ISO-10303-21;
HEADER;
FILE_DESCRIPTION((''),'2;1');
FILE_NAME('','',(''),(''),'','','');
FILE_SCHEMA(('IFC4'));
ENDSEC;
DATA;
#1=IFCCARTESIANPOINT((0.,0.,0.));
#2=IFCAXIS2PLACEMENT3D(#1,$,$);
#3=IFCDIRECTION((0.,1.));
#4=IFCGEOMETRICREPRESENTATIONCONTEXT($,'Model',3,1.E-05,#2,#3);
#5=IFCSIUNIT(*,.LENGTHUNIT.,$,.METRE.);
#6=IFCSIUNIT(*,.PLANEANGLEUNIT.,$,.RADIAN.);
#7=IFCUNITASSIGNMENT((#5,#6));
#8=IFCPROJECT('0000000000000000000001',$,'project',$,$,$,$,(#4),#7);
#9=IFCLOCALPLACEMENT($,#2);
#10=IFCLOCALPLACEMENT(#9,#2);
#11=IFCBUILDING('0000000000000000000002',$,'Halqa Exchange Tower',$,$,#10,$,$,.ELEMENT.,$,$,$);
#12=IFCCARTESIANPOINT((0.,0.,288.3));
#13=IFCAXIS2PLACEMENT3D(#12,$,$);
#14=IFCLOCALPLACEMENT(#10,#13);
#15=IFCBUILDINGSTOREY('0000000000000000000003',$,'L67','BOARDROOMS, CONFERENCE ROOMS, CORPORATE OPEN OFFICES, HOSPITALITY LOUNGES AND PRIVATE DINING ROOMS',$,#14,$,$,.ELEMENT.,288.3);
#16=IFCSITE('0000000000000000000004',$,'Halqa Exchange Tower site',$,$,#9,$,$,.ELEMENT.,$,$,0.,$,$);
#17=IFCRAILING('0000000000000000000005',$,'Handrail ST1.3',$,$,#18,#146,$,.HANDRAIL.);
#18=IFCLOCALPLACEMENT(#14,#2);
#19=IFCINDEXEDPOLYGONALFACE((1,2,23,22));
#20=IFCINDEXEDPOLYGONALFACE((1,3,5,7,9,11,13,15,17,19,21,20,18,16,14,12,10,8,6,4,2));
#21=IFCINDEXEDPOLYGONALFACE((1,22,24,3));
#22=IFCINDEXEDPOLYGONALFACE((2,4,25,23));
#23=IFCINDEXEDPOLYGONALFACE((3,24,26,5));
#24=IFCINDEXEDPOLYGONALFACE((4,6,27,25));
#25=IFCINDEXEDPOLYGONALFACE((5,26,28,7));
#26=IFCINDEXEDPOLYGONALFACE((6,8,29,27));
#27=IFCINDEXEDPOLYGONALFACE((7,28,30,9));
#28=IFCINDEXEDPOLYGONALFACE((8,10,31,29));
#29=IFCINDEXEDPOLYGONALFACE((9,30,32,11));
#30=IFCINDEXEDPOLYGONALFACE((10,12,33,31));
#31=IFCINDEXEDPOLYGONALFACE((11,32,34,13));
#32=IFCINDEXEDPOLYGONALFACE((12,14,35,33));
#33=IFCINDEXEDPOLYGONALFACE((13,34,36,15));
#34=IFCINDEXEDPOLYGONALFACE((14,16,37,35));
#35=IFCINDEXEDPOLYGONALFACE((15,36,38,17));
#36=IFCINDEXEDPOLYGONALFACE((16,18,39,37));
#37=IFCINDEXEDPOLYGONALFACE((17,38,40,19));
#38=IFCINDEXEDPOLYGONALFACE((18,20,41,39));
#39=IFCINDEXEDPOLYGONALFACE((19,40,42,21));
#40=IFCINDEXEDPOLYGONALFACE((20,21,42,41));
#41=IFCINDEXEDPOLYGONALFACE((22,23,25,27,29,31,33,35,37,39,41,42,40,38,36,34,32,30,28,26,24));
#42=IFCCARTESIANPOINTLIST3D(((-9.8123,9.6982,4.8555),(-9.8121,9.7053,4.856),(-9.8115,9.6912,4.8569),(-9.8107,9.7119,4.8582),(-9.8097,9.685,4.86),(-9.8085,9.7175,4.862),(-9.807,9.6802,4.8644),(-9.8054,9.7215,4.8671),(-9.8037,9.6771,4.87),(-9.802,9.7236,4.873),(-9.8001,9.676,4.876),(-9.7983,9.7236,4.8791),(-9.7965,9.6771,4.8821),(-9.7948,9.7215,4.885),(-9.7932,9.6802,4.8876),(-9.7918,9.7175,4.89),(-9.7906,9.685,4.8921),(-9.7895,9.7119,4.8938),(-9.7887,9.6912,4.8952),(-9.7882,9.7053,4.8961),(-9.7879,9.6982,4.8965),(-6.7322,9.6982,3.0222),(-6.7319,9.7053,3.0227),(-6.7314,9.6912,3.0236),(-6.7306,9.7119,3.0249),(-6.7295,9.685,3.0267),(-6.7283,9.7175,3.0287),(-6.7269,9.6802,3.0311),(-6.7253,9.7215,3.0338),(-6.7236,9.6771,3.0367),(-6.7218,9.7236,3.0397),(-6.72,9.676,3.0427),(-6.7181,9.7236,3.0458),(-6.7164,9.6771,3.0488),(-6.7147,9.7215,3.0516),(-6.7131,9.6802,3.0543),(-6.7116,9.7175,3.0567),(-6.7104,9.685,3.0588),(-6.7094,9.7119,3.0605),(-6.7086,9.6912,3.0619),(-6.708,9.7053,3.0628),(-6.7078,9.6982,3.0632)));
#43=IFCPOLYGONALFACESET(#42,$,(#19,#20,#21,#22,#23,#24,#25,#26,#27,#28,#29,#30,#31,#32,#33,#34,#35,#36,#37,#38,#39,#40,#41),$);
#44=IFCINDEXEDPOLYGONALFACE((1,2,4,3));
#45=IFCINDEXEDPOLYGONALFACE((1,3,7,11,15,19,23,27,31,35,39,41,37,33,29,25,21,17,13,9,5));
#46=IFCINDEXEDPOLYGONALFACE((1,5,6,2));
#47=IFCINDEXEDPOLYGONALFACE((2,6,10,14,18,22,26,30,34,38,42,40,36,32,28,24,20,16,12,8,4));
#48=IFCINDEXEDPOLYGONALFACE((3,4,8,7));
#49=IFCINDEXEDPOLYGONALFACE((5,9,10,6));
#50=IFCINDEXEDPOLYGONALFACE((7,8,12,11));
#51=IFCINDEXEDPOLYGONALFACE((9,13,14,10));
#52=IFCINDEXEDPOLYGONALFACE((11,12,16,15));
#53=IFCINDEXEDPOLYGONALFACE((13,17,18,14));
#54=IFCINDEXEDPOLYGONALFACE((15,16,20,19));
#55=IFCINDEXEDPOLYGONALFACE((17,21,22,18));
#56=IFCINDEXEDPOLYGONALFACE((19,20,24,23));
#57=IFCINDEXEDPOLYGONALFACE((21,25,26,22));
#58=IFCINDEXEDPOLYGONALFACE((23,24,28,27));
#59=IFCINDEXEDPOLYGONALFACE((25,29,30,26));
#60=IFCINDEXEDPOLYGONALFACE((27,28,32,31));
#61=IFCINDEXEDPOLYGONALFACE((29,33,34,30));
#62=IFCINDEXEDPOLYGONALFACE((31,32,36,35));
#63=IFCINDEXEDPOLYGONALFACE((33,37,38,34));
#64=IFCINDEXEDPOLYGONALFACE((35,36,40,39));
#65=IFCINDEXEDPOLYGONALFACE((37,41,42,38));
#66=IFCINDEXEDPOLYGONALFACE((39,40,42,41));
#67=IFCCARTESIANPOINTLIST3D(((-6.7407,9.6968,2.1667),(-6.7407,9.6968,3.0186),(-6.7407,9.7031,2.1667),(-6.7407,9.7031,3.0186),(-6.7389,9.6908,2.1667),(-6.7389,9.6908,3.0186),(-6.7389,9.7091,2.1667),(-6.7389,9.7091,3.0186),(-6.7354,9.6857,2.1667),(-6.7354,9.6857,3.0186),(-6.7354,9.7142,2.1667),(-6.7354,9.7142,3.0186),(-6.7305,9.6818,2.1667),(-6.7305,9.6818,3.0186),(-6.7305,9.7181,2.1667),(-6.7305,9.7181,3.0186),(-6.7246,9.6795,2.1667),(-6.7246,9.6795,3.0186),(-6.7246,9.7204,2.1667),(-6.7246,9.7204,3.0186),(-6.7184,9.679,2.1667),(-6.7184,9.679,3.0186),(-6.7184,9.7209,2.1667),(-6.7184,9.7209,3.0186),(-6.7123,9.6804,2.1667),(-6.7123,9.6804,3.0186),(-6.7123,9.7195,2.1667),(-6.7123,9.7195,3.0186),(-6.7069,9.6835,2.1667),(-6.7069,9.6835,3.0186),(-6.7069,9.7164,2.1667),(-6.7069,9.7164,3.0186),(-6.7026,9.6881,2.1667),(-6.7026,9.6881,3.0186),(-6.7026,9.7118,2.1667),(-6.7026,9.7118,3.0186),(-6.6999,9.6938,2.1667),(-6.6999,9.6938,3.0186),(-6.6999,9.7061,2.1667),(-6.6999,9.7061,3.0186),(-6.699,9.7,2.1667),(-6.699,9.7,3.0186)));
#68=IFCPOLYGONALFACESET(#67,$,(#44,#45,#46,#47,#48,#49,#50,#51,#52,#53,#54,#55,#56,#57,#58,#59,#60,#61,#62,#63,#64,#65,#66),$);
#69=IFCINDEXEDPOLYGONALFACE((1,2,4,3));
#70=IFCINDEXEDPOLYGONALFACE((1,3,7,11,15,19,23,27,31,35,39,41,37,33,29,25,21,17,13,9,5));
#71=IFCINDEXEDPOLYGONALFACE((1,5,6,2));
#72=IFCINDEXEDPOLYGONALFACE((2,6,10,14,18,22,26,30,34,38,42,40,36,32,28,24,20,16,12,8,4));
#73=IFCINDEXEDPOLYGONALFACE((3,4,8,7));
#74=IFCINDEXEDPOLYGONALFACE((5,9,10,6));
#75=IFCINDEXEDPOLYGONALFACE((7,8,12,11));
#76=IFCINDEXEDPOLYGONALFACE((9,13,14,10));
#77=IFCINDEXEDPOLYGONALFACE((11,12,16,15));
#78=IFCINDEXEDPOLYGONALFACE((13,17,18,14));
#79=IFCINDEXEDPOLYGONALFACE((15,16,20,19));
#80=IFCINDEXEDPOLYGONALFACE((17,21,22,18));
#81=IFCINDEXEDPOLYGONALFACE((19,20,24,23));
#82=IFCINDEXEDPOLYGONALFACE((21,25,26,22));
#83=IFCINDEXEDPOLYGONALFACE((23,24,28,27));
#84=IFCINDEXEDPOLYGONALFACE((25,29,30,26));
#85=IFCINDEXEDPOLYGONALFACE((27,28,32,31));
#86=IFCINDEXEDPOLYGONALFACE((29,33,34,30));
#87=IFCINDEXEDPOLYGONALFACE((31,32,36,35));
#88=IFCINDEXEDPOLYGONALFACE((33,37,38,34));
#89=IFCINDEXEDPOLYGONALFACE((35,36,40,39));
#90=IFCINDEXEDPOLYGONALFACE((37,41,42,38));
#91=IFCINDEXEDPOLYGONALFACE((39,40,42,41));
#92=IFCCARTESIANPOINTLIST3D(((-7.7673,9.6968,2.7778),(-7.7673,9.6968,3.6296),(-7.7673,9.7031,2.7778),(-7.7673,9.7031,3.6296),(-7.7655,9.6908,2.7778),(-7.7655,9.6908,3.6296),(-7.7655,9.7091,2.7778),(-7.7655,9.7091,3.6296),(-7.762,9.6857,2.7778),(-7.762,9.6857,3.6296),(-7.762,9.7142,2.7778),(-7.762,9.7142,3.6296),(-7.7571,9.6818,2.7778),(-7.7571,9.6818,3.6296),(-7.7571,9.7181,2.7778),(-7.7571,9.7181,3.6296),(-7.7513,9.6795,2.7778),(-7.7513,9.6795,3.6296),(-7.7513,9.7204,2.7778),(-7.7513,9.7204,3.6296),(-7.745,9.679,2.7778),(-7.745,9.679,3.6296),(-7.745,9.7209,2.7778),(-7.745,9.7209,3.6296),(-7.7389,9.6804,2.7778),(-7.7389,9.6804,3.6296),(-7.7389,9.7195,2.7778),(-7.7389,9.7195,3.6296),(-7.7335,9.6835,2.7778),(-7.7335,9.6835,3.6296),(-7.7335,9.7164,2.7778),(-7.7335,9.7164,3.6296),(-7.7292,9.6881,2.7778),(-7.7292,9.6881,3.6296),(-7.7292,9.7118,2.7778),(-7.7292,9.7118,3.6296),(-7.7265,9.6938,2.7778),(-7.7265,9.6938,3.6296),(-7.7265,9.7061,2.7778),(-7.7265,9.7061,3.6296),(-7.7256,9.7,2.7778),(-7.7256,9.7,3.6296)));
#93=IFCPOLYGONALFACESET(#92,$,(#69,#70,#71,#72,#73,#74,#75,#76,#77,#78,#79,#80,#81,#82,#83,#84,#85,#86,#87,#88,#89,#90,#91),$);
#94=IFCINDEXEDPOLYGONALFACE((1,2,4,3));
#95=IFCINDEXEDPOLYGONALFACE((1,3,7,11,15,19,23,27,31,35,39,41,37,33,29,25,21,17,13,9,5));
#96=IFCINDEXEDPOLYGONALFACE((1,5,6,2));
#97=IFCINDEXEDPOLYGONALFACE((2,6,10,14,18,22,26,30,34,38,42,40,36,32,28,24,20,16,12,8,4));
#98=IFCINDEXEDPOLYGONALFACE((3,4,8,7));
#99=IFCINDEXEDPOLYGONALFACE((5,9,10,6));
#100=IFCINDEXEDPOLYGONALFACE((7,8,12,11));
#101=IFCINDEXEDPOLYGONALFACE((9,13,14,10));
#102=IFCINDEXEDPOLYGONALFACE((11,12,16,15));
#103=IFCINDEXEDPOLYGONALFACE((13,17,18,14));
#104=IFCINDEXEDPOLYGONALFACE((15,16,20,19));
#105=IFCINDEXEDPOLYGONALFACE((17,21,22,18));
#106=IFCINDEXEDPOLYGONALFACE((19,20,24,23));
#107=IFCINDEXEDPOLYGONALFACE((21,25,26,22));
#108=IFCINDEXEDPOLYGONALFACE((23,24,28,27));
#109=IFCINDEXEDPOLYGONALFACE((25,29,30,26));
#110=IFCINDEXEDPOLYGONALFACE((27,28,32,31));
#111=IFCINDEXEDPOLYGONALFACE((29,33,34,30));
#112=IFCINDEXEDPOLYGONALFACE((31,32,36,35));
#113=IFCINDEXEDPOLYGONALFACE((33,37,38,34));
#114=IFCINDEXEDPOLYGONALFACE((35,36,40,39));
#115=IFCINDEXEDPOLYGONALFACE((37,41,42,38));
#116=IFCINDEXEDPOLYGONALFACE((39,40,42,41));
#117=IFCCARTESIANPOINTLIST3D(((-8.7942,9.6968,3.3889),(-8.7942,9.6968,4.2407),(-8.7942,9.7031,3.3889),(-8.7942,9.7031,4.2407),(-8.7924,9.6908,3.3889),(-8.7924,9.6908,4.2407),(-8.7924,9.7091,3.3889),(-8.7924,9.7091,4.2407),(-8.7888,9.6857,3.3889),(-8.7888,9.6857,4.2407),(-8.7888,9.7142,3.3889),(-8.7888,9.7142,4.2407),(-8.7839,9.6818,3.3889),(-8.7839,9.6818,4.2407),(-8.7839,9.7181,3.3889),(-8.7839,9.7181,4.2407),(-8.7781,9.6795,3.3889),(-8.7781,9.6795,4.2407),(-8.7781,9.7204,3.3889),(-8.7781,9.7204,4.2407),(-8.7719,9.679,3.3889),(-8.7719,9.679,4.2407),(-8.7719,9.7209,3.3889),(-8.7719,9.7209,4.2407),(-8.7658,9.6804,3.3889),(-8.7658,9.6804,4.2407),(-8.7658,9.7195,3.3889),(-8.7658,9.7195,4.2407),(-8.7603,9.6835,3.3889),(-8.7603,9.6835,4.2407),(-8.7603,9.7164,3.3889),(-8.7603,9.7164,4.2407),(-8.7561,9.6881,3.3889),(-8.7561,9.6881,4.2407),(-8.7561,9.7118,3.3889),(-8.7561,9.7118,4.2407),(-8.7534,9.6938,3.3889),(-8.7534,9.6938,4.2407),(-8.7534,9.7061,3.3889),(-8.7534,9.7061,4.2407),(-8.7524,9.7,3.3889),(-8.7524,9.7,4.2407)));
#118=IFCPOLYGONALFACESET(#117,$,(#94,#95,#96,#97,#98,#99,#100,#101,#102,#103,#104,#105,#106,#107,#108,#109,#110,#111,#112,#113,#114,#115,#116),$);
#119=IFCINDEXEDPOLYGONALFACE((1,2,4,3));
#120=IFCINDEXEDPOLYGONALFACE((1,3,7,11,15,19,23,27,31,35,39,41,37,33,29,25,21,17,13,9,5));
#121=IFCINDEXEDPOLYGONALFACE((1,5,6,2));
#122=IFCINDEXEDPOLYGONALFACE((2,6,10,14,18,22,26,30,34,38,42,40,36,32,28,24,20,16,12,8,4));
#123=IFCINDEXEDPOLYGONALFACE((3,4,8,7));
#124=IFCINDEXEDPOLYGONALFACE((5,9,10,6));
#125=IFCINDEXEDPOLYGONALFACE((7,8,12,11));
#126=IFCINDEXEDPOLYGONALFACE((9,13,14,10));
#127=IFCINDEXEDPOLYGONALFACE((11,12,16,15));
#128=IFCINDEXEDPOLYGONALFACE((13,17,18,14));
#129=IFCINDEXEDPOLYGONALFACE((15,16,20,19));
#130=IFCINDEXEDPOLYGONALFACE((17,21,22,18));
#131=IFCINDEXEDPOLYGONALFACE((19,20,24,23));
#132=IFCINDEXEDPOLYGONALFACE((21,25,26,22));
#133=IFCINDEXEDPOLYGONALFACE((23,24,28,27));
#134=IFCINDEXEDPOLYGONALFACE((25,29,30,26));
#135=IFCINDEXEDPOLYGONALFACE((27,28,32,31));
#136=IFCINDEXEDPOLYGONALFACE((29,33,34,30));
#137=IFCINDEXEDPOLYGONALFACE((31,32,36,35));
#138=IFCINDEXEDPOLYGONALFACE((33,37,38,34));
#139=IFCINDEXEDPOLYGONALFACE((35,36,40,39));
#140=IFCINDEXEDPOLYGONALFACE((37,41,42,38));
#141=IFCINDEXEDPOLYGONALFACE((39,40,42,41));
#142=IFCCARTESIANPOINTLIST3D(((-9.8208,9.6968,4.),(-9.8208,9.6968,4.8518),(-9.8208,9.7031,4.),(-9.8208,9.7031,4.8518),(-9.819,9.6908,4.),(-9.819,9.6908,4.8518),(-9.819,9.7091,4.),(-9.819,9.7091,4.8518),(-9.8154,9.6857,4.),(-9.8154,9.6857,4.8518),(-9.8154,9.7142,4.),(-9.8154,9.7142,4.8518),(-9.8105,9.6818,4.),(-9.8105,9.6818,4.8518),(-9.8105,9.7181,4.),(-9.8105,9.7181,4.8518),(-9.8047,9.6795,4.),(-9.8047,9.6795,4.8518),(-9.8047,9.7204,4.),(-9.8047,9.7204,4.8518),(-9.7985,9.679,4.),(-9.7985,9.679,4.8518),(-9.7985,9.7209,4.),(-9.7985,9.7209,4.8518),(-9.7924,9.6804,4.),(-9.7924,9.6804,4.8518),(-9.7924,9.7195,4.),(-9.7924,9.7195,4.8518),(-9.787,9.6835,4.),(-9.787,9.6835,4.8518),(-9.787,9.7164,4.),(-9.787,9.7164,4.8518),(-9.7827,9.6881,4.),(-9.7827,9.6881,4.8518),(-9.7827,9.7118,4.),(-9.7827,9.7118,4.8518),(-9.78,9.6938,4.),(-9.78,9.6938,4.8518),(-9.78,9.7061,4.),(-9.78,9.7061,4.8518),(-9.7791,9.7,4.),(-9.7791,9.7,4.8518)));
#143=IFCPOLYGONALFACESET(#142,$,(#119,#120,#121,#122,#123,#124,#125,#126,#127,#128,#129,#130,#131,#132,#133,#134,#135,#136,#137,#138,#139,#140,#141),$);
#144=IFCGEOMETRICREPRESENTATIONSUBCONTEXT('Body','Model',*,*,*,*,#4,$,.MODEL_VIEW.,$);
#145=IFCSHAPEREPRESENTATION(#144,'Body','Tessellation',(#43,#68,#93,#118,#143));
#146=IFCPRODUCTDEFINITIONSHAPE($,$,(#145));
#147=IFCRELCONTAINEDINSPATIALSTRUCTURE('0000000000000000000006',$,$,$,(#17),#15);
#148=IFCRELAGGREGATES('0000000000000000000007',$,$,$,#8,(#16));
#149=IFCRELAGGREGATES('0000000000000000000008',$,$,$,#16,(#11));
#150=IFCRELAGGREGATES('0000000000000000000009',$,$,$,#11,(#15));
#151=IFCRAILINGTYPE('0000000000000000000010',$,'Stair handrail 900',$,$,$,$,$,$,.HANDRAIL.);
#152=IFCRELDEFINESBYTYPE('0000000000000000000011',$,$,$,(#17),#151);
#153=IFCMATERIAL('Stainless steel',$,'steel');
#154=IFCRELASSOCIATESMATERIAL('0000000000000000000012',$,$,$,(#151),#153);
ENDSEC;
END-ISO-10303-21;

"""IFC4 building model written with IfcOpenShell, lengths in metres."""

from ifc_helpers import new_model, si_unit, direction, frame, origin, origin_2d, place, context, subcontext, project, spatial, circle, extrude, material, type_object, element, save


model = new_model("IFC4")

# Units and contexts
model_context = context("Model", 3, precision=1e-05, world=origin(), true_north=direction((0.0, 1.0)))
body_context = subcontext(model_context, "Body", "Model", "MODEL_VIEW")
ifc_project = project(units=[si_unit("LENGTHUNIT", "METRE"), si_unit("PLANEANGLEUNIT", "RADIAN")], contexts=[model_context])

# Site, building, storey
site_placement = place(None, origin())
site = spatial("IfcSite", under=ifc_project, at=site_placement, Name="Halqa Exchange Tower site", CompositionType="ELEMENT", RefElevation=0.0)
building_placement = place(site_placement, origin())
building = spatial("IfcBuilding", under=site, at=building_placement, Name="Halqa Exchange Tower", CompositionType="ELEMENT")
storey_placement = place(building_placement, frame((0.0, 0.0, 288.3)))
storey = spatial("IfcBuildingStorey", under=building, at=storey_placement, Name="L67", Description="BOARDROOMS, CONFERENCE ROOMS, CORPORATE OPEN OFFICES, HOSPITALITY LOUNGES AND PRIVATE DINING ROOMS", CompositionType="ELEMENT", Elevation=288.3)

# Railing
ifc_material_1 = material(Name="Stainless steel", Category="steel")
railing_type_1 = type_object("IfcRailingType", Name="Stair handrail 900", PredefinedType="HANDRAIL", material=ifc_material_1)
railing_1_placement = place(storey_placement, frame((-6.72, 9.7, 2.1667)))
element("IfcRailing", 1, at=railing_1_placement, inside=storey, type_object=railing_type_1, Name="Handrail ST1.3", PredefinedType="HANDRAIL", context=body_context, shape_type="SweptSolid", body=[
    extrude(circle(Radius=0.0239, at=origin_2d()), frame((0.0, 0.0, 0.876), z_axis=(-0.859309, 0.0, 0.511458), x_axis=(0.0, -1.0, 0.0)), (0.0, 0.0, 1.0), 3.5845),
    extrude(circle(Radius=0.021, at=origin_2d()), origin(), (0.0, 0.0, 1.0), 0.8518),
    extrude(circle(Radius=0.021, at=origin_2d()), frame((-1.0266, 0.0, 0.6111)), (0.0, 0.0, 1.0), 0.8518),
    extrude(circle(Radius=0.021, at=origin_2d()), frame((-2.0535, 0.0, 1.2222)), (0.0, 0.0, 1.0), 0.8518),
    extrude(circle(Radius=0.021, at=origin_2d()), frame((-3.0801, 0.0, 1.8333)), (0.0, 0.0, 1.0), 0.8518),
])

save(model, "model.ifc")
